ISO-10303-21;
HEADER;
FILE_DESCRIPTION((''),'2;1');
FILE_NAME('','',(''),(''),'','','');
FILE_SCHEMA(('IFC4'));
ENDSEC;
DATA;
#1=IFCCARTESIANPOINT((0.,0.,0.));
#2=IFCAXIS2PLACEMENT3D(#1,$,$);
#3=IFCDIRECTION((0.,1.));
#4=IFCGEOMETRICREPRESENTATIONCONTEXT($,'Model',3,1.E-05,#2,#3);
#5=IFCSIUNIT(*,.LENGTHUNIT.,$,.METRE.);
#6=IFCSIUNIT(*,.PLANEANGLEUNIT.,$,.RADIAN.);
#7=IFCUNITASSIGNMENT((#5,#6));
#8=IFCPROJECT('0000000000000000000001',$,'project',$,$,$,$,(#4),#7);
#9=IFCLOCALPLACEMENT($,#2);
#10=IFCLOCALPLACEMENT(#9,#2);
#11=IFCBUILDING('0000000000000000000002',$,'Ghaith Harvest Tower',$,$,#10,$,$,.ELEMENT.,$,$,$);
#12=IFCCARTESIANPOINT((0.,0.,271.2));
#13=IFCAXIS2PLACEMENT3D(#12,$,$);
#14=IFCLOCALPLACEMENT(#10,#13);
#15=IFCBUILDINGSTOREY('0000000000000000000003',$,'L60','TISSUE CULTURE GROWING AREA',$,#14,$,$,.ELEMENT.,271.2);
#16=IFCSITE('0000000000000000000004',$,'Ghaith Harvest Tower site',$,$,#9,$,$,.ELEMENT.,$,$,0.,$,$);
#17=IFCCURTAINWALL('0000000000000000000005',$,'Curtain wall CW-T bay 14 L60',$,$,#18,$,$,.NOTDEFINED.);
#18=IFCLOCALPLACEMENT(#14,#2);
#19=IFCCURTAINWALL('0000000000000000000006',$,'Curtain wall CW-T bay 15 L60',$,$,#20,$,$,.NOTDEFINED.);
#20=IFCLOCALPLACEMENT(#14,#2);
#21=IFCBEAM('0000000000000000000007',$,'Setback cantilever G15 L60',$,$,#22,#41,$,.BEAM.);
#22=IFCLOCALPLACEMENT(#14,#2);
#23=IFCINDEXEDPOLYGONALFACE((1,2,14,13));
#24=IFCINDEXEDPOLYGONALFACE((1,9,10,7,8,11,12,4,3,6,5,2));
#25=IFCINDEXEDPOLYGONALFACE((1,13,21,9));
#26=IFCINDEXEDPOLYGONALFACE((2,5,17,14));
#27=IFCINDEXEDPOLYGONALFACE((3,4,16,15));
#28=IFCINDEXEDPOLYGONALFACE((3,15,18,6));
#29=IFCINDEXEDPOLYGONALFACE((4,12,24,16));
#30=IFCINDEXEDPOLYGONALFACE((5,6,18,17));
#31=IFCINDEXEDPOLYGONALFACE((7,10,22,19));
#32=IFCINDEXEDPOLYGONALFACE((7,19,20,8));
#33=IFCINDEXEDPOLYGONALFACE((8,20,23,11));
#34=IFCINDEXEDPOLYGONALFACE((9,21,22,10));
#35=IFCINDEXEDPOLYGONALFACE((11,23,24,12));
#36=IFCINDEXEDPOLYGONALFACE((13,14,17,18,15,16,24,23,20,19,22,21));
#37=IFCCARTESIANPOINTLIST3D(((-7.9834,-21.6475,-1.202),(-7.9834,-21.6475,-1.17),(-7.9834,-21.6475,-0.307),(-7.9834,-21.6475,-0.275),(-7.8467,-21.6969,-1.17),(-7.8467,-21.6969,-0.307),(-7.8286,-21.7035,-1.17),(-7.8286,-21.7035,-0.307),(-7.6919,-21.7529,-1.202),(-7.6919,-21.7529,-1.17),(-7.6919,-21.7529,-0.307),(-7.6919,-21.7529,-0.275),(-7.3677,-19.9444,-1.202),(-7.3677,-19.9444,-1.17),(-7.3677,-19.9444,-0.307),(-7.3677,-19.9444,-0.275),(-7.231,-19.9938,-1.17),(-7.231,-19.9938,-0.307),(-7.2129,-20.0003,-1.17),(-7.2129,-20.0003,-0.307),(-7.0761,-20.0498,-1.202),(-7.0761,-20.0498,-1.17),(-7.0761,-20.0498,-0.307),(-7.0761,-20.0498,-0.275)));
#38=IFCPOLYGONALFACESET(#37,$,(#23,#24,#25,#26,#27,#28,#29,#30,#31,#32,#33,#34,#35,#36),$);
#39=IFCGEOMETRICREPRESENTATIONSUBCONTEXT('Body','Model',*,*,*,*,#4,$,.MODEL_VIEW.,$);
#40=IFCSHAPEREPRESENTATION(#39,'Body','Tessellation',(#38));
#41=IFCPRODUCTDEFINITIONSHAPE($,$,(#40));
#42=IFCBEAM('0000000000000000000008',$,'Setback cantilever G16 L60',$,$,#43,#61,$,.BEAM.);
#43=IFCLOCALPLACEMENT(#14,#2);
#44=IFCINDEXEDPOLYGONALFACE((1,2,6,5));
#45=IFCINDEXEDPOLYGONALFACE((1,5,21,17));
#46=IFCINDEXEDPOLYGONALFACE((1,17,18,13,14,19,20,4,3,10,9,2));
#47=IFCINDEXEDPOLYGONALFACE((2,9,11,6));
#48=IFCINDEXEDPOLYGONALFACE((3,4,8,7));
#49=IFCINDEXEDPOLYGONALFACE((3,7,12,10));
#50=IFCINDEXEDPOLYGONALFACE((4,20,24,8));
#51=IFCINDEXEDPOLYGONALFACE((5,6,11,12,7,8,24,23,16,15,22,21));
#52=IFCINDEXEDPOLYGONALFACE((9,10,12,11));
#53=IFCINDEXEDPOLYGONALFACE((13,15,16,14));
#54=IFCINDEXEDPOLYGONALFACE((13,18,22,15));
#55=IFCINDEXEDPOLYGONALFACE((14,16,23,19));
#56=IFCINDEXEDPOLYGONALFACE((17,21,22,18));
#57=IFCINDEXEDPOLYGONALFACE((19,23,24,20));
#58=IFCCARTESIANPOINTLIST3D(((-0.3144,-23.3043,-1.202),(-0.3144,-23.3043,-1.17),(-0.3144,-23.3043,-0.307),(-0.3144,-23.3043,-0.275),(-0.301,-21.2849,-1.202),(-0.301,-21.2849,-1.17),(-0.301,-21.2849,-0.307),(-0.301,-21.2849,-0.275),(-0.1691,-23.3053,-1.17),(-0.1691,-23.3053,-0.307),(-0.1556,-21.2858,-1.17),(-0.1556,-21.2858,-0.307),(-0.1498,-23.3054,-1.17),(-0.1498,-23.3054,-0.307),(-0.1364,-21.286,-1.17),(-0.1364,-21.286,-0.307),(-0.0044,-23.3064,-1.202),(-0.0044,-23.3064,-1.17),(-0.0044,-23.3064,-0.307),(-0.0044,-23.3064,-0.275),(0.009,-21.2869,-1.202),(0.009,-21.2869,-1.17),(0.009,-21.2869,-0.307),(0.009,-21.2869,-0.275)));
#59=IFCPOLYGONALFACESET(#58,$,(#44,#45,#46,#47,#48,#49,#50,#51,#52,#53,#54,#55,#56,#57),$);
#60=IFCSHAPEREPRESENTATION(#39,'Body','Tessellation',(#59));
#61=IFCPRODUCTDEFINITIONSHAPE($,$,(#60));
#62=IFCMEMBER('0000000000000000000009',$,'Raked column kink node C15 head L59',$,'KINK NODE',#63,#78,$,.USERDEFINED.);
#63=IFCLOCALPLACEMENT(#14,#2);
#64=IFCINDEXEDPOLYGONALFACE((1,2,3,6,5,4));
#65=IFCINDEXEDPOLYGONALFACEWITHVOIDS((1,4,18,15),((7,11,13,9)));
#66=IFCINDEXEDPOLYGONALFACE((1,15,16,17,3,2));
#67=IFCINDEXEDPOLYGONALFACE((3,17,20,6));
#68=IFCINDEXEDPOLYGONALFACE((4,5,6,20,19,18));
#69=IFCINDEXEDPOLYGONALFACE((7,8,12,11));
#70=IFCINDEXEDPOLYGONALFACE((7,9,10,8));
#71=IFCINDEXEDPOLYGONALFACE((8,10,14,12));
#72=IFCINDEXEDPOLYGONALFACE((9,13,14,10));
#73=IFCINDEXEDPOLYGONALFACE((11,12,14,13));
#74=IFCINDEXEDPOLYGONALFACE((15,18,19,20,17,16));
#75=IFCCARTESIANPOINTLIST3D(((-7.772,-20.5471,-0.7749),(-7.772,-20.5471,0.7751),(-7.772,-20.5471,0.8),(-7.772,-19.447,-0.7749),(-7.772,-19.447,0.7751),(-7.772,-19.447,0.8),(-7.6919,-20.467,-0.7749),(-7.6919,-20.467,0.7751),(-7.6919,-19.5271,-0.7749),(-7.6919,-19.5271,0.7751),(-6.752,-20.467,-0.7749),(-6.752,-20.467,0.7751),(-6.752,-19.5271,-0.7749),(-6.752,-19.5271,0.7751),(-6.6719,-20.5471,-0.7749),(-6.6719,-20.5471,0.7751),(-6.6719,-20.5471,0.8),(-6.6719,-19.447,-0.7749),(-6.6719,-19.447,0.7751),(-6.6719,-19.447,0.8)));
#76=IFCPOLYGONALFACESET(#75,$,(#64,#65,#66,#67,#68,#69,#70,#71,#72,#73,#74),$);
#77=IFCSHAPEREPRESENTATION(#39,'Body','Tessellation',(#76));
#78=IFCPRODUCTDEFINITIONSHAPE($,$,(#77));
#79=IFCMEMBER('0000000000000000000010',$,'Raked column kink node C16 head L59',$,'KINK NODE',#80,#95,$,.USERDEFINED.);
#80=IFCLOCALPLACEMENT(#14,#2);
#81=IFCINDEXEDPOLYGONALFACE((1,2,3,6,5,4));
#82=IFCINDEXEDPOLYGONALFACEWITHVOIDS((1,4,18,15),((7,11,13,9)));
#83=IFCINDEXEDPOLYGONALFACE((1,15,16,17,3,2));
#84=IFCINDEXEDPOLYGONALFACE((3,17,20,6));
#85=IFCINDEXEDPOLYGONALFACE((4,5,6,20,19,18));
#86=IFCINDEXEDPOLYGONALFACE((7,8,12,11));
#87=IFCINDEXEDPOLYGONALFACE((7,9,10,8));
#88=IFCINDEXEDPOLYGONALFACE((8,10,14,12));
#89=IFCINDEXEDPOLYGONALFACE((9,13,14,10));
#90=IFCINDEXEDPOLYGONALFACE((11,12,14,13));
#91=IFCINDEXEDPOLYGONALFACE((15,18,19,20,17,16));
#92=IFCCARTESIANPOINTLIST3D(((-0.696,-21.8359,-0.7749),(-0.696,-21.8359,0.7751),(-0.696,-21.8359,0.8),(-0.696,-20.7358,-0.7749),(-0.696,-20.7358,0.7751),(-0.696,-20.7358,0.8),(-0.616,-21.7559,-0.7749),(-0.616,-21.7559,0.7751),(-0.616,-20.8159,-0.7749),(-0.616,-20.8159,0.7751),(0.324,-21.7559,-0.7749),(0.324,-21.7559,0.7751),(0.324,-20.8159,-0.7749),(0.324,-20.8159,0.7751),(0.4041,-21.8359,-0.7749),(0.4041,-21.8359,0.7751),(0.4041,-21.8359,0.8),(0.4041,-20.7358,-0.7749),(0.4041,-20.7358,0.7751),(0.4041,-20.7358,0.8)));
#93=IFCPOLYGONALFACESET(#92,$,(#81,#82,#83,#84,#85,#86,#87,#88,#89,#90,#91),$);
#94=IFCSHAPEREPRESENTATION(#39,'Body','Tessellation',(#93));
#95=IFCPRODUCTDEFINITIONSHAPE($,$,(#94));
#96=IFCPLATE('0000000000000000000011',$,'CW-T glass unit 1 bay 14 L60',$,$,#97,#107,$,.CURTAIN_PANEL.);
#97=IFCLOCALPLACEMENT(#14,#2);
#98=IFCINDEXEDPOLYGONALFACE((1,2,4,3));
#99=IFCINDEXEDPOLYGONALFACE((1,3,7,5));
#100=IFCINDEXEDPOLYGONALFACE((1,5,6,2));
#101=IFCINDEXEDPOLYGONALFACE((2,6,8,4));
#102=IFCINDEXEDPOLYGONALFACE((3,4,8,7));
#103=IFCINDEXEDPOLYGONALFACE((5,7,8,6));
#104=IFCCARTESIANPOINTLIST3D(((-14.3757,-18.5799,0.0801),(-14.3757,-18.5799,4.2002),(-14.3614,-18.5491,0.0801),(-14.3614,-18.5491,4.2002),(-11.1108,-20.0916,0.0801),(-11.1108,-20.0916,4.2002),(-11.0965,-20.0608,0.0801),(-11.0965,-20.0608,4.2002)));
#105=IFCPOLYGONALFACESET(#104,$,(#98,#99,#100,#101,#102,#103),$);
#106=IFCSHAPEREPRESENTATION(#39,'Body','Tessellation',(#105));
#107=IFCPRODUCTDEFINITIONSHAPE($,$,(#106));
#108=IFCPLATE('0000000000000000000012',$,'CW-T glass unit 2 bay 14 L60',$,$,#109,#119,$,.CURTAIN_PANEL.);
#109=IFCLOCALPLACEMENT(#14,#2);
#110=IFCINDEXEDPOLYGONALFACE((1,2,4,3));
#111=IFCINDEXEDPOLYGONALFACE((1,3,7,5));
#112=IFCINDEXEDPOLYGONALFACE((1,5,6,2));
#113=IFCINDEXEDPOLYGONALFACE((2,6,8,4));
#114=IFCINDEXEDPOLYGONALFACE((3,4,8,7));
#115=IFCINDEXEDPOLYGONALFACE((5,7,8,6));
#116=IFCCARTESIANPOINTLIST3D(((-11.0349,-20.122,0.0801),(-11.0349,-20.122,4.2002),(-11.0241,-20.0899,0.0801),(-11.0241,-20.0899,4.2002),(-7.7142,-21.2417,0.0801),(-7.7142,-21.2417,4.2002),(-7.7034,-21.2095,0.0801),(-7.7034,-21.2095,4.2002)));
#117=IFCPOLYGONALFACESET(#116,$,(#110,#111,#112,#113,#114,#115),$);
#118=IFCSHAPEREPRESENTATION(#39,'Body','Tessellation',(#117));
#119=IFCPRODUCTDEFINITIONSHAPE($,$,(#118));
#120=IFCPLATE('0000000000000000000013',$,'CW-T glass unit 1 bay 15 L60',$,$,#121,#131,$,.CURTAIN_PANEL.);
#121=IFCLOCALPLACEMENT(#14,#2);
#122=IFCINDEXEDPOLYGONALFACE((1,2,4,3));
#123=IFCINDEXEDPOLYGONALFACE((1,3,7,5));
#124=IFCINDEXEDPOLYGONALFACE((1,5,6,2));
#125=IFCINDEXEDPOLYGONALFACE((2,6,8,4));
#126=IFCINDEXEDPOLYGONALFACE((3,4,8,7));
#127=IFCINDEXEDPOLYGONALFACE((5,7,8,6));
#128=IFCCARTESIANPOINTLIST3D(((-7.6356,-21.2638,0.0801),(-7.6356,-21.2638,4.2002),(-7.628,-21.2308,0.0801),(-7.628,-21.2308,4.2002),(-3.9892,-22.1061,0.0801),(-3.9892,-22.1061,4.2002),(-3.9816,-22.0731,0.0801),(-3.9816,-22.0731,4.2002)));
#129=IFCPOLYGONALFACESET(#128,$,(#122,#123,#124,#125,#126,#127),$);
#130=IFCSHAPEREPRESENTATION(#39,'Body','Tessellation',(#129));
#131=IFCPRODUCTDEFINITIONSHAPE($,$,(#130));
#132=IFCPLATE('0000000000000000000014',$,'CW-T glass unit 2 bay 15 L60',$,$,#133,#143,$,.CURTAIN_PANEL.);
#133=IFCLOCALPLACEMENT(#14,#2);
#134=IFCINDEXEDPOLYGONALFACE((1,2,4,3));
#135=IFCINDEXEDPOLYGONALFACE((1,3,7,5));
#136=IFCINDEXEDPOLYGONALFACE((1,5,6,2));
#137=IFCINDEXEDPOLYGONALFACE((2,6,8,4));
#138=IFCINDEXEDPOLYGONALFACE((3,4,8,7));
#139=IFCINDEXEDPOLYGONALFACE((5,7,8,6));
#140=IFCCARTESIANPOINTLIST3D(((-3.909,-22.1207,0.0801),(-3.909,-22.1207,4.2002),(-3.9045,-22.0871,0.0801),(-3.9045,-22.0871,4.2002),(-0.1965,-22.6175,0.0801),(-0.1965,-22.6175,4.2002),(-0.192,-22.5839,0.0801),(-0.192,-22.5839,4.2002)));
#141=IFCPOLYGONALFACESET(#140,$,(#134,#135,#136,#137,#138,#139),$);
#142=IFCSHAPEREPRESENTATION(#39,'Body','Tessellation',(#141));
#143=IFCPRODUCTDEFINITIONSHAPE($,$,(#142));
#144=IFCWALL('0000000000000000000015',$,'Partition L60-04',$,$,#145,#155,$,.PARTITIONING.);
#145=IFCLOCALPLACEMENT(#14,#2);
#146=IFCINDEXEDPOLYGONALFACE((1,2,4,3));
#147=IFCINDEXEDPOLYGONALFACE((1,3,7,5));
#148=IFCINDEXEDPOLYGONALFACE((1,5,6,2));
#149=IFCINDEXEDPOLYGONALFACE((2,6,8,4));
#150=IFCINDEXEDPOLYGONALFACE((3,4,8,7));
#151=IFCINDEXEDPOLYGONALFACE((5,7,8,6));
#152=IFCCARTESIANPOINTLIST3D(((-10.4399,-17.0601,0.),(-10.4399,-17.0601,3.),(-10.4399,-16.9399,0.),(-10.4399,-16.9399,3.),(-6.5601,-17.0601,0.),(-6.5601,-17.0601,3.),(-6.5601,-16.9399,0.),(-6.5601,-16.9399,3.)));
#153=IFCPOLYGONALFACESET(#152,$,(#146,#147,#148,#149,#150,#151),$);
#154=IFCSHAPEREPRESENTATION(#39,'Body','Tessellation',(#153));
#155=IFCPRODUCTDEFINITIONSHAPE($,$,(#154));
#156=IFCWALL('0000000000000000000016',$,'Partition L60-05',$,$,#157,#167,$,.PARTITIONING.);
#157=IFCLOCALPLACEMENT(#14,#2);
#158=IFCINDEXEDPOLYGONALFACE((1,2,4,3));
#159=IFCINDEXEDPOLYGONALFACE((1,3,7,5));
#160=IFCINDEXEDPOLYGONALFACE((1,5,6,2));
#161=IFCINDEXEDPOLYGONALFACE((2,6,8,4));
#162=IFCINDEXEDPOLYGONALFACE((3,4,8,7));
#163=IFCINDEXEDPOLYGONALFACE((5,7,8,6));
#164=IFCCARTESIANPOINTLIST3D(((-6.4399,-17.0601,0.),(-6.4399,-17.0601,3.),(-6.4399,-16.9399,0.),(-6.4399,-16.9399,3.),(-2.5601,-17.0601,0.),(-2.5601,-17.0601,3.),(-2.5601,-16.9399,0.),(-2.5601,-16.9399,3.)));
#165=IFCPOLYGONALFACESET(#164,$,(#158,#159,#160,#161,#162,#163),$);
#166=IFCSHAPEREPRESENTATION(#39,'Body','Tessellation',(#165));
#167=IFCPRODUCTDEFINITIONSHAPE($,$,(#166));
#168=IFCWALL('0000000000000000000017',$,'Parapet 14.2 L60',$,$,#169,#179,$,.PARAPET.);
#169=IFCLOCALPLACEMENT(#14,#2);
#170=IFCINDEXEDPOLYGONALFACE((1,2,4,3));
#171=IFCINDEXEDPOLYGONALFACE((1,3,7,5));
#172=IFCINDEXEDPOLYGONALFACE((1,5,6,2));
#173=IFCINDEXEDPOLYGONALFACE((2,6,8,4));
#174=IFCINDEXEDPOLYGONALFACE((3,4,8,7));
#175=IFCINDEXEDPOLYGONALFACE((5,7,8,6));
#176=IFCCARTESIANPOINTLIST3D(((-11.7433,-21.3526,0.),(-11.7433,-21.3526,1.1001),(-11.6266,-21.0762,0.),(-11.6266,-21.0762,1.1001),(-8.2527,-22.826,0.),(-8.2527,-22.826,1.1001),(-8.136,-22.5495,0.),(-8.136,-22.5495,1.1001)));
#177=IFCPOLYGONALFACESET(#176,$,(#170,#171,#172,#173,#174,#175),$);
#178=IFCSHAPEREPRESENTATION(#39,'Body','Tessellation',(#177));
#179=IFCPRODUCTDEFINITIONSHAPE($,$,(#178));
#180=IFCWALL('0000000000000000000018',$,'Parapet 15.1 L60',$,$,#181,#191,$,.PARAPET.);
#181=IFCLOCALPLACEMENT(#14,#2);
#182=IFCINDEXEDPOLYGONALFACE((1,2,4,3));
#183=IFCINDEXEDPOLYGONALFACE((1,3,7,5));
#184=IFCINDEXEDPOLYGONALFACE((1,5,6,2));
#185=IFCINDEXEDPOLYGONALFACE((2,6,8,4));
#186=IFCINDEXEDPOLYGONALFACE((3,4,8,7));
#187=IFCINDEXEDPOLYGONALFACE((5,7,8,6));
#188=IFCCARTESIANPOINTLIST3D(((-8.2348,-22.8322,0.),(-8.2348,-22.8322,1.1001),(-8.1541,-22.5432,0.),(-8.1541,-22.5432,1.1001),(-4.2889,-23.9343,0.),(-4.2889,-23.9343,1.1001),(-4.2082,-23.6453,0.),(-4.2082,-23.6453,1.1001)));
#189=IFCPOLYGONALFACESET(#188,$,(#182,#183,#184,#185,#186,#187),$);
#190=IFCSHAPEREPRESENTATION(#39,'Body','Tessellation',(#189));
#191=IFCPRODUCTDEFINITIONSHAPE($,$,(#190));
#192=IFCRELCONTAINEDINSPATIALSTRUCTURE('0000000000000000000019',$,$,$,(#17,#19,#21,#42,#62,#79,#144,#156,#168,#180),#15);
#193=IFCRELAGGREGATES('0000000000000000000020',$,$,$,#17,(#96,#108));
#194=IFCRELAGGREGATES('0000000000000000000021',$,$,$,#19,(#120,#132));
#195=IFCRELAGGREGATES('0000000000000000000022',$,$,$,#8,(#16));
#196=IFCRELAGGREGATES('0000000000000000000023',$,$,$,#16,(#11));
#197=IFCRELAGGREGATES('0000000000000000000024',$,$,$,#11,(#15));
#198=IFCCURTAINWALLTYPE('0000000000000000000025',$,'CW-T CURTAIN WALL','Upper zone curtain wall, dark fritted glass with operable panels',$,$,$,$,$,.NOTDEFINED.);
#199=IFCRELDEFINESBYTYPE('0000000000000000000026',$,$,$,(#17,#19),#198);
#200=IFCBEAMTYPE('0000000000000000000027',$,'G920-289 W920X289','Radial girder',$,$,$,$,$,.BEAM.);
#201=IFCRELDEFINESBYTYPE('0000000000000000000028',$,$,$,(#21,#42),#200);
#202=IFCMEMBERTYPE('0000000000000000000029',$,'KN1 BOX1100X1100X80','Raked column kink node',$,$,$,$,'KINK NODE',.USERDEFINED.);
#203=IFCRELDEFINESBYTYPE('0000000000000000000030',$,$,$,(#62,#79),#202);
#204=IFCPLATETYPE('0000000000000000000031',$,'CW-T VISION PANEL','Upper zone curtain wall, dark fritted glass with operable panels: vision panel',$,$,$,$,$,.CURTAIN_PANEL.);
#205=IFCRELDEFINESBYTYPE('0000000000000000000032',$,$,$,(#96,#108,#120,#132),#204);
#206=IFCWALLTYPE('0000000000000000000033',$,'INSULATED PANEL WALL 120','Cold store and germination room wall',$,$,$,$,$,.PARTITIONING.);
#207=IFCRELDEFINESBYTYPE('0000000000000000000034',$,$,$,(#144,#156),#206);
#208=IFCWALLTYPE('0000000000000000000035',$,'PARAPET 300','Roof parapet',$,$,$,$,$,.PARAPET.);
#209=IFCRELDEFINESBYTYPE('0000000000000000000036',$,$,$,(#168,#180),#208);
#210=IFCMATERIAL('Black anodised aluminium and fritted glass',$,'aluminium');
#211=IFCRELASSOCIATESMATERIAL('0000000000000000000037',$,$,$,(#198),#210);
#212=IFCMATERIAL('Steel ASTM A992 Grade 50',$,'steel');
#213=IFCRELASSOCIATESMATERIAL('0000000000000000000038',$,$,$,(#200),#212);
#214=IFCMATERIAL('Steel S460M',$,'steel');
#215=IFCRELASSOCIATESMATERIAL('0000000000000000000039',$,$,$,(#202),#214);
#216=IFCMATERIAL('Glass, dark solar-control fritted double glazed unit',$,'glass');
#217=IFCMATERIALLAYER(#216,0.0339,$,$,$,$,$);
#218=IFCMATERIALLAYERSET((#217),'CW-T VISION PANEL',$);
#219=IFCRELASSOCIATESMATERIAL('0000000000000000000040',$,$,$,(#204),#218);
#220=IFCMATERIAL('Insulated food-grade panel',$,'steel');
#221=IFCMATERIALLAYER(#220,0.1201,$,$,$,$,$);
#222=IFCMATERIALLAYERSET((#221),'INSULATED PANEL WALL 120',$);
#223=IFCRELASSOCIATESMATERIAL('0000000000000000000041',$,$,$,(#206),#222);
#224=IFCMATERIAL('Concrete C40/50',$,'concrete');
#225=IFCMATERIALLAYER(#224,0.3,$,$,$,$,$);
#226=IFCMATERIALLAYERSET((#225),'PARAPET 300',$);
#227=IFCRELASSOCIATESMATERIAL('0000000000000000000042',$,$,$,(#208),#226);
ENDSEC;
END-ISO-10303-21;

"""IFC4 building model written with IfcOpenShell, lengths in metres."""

from ifc_helpers import new_model, si_unit, direction, frame, frame_2d, origin, origin_2d, place, context, subcontext, project, spatial, rectangle, hollow_rectangle, i_section, extrude, boolean, material, layer, layer_set, material_profile, profile_set, type_object, element, aggregate, save


model = new_model("IFC4")

# Units and contexts
model_context = context("Model", 3, precision=1e-05, world=origin(), true_north=direction((0.0, 1.0)))
body_context = subcontext(model_context, "Body", "Model", "MODEL_VIEW")
ifc_project = project(units=[si_unit("LENGTHUNIT", "METRE"), si_unit("PLANEANGLEUNIT", "RADIAN")], contexts=[model_context])

# Site, building, storey
site_placement = place(None, origin())
site = spatial("IfcSite", under=ifc_project, at=site_placement, Name="Ghaith Harvest Tower site", CompositionType="ELEMENT", RefElevation=0.0)
building_placement = place(site_placement, origin())
building = spatial("IfcBuilding", under=site, at=building_placement, Name="Ghaith Harvest Tower", CompositionType="ELEMENT")
storey_placement = place(building_placement, frame((0.0, 0.0, 271.2)))
storey = spatial("IfcBuildingStorey", under=building, at=storey_placement, Name="L60", Description="TISSUE CULTURE GROWING AREA", CompositionType="ELEMENT", Elevation=271.2)

# Curtain wall
ifc_material_1 = material(Name="Black anodised aluminium and fritted glass", Category="aluminium")
curtain_wall_type = type_object("IfcCurtainWallType", Name="CW-T CURTAIN WALL", Description="Upper zone curtain wall, dark fritted glass with operable panels", PredefinedType="NOTDEFINED", material=ifc_material_1)
curtain_wall_1_placement = place(storey_placement, origin())
curtain_wall_1 = element("IfcCurtainWall", 1, at=curtain_wall_1_placement, inside=storey, type_object=curtain_wall_type, Name="Curtain wall CW-T bay 14 L60", PredefinedType="NOTDEFINED")

# Curtain wall
curtain_wall_2_placement = place(storey_placement, origin())
curtain_wall_2 = element("IfcCurtainWall", 2, at=curtain_wall_2_placement, inside=storey, type_object=curtain_wall_type, Name="Curtain wall CW-T bay 15 L60", PredefinedType="NOTDEFINED")

# Beams
ifc_material_2 = material(Name="Steel ASTM A992 Grade 50", Category="steel")
ifc_material_profile_1 = material_profile(ifc_material_2, i_section(OverallWidth=0.3101, OverallDepth=0.927, WebThickness=0.0193, FlangeThickness=0.032, at=origin_2d()), Name="W920X289")
ifc_profile_set_1 = profile_set([ifc_material_profile_1], Name="Steel ASTM A992 Grade 50")
beam_type_1 = type_object("IfcBeamType", Name="G920-289 W920X289", Description="Radial girder", PredefinedType="BEAM", material=ifc_profile_set_1)
beam_1_placement = place(storey_placement, frame((-7.2219, -19.9971, -0.7385), z_axis=(-0.339989, -0.940429, 0.0), x_axis=(0.940429, -0.339989, 0.0)))
element("IfcBeam", 3, at=beam_1_placement, inside=storey, type_object=beam_type_1, Name="Setback cantilever G15 L60", PredefinedType="BEAM", context=body_context, shape_type="SweptSolid", body=[
    extrude(i_section(OverallWidth=0.3101, OverallDepth=0.927, WebThickness=0.0193, FlangeThickness=0.032, at=origin_2d()), origin(), (0.0, 0.0, 1.0), 1.811),
])
beam_2_placement = place(storey_placement, frame((-0.146, -21.2859, -0.7385), z_axis=(-0.006649, -0.999978, 0.0), x_axis=(0.999978, -0.006649, 0.0)))
element("IfcBeam", 4, at=beam_2_placement, inside=storey, type_object=beam_type_1, Name="Setback cantilever G16 L60", PredefinedType="BEAM", context=body_context, shape_type="SweptSolid", body=[
    extrude(i_section(OverallWidth=0.3101, OverallDepth=0.927, WebThickness=0.0193, FlangeThickness=0.032, at=origin_2d()), origin(), (0.0, 0.0, 1.0), 2.0195),
])

# Members
ifc_material_3 = material(Name="Steel S460M", Category="steel")
ifc_material_profile_2 = material_profile(ifc_material_3, hollow_rectangle(XDim=1.1001, YDim=1.1001, WallThickness=0.0801, at=origin_2d()), Name="BOX1100X1100X80")
ifc_profile_set_2 = profile_set([ifc_material_profile_2], Name="Steel S460M")
member_type_1 = type_object("IfcMemberType", Name="KN1 BOX1100X1100X80", Description="Raked column kink node", ElementType="KINK NODE", PredefinedType="USERDEFINED", material=ifc_profile_set_2)
for number, where, z_axis, x_axis, name in (
    (5, (-7.2219, -19.9971, -0.7749), (0.0, 0.0, 1.0), (1.0, 0.0, 0.0), "Raked column kink node C15 head L59"),
    (6, (-0.146, -21.2859, -0.7749), (0.0, 0.0, 1.0), (1.0, 0.0, 0.0), "Raked column kink node C16 head L59"),
):
    element("IfcMember", number, at=place(storey_placement, frame(where, z_axis=z_axis, x_axis=x_axis)), inside=storey, type_object=member_type_1, Name=name, ObjectType="KINK NODE", PredefinedType="USERDEFINED", context=body_context, shape_type="CSG", body=[
        boolean("UNION", extrude(hollow_rectangle(XDim=1.1001, YDim=1.1001, WallThickness=0.0801, at=origin_2d()), origin(), (0.0, 0.0, 1.0), 1.55), extrude(rectangle(XDim=1.1001, YDim=1.1001, at=origin_2d()), frame((0.0, 0.0, 1.55)), (0.0, 0.0, 1.0), 0.0249)),
    ])

# Plates
ifc_material_4 = material(Name="Glass, dark solar-control fritted double glazed unit", Category="glass")
ifc_layer_1 = layer(ifc_material_4, 0.0339)
ifc_layer_set_1 = layer_set([ifc_layer_1], Name="CW-T VISION PANEL")
plate_type = type_object("IfcPlateType", Name="CW-T VISION PANEL", Description="Upper zone curtain wall, dark fritted glass with operable panels: vision panel", PredefinedType="CURTAIN_PANEL", material=ifc_layer_set_1)
plate_1_placement = place(storey_placement, frame((-12.7361, -19.3203, 0.0801), z_axis=(0.0, 0.0, 1.0), x_axis=(0.90745, -0.42016, 0.0)))
plate_1 = element("IfcPlate", 7, at=plate_1_placement, type_object=plate_type, Name="CW-T glass unit 1 bay 14 L60", PredefinedType="CURTAIN_PANEL", context=body_context, shape_type="SweptSolid", body=[
    extrude(rectangle(XDim=3.5979, YDim=0.0339, at=origin_2d()), origin(), (0.0, 0.0, 1.0), 4.1201),
])
plate_2_placement = place(storey_placement, frame((-9.3691, -20.6658, 0.0801), z_axis=(0.0, 0.0, 1.0), x_axis=(0.947586, -0.3195, 0.0)))
plate_2 = element("IfcPlate", 8, at=plate_2_placement, type_object=plate_type, Name="CW-T glass unit 2 bay 14 L60", PredefinedType="CURTAIN_PANEL", context=body_context, shape_type="SweptSolid", body=[
    extrude(rectangle(XDim=3.5044, YDim=0.0339, at=origin_2d()), origin(), (0.0, 0.0, 1.0), 4.1201),
])
aggregate(curtain_wall_1, [plate_1, plate_2])
plate_3_placement = place(storey_placement, frame((-5.8086, -21.6685, 0.0801), z_axis=(0.0, 0.0, 1.0), x_axis=(0.974342, -0.225072, 0.0)))
plate_3 = element("IfcPlate", 9, at=plate_3_placement, type_object=plate_type, Name="CW-T glass unit 1 bay 15 L60", PredefinedType="CURTAIN_PANEL", context=body_context, shape_type="SweptSolid", body=[
    extrude(rectangle(XDim=3.7424, YDim=0.0339, at=origin_2d()), origin(), (0.0, 0.0, 1.0), 4.1201),
])
plate_4_placement = place(storey_placement, frame((-2.0505, -22.3523, 0.0801), z_axis=(0.0, 0.0, 1.0), x_axis=(0.991165, -0.132633, 0.0)))
plate_4 = element("IfcPlate", 10, at=plate_4_placement, type_object=plate_type, Name="CW-T glass unit 2 bay 15 L60", PredefinedType="CURTAIN_PANEL", context=body_context, shape_type="SweptSolid", body=[
    extrude(rectangle(XDim=3.7456, YDim=0.0339, at=origin_2d()), origin(), (0.0, 0.0, 1.0), 4.1201),
])
aggregate(curtain_wall_2, [plate_3, plate_4])

# Walls
ifc_material_5 = material(Name="Insulated food-grade panel", Category="steel")
ifc_layer_2 = layer(ifc_material_5, 0.1201)
ifc_layer_set_2 = layer_set([ifc_layer_2], Name="INSULATED PANEL WALL 120")
wall_type_1 = type_object("IfcWallType", Name="INSULATED PANEL WALL 120", Description="Cold store and germination room wall", PredefinedType="PARTITIONING", material=ifc_layer_set_2)
for number, where, z_axis, x_axis, name in (
    (11, (-10.4399, -17.0, 0.0), (0.0, 0.0, 1.0), (1.0, 0.0, 0.0), "Partition L60-04"),
    (12, (-6.4399, -17.0, 0.0), (0.0, 0.0, 1.0), (1.0, 0.0, 0.0), "Partition L60-05"),
):
    element("IfcWall", number, at=place(storey_placement, frame(where, z_axis=z_axis, x_axis=x_axis)), inside=storey, type_object=wall_type_1, Name=name, PredefinedType="PARTITIONING", context=body_context, shape_type="SweptSolid", body=[
        extrude(rectangle(XDim=3.8799, YDim=0.1201, at=frame_2d((1.9399, 0.0))), origin(), (0.0, 0.0, 1.0), 3.0),
    ])
ifc_material_6 = material(Name="Concrete C40/50", Category="concrete")
ifc_layer_3 = layer(ifc_material_6, 0.3)
ifc_layer_set_3 = layer_set([ifc_layer_3], Name="PARAPET 300")
wall_type_2 = type_object("IfcWallType", Name="PARAPET 300", Description="Roof parapet", PredefinedType="PARAPET", material=ifc_layer_set_3)
wall_1_placement = place(storey_placement, frame((-11.6851, -21.2144, 0.0), z_axis=(0.0, 0.0, 1.0), x_axis=(0.921294, -0.388866, 0.0)))
element("IfcWall", 13, at=wall_1_placement, inside=storey, type_object=wall_type_2, Name="Parapet 14.2 L60", PredefinedType="PARAPET", context=body_context, shape_type="SweptSolid", body=[
    extrude(rectangle(XDim=3.7888, YDim=0.3, at=frame_2d((1.8945, 0.0))), origin(), (0.0, 0.0, 1.0), 1.1001),
])
wall_2_placement = place(storey_placement, frame((-8.1943, -22.6877, 0.0), z_axis=(0.0, 0.0, 1.0), x_axis=(0.96314, -0.269002, 0.0)))
element("IfcWall", 14, at=wall_2_placement, inside=storey, type_object=wall_type_2, Name="Parapet 15.1 L60", PredefinedType="PARAPET", context=body_context, shape_type="SweptSolid", body=[
    extrude(rectangle(XDim=4.0969, YDim=0.3, at=frame_2d((2.0483, 0.0))), origin(), (0.0, 0.0, 1.0), 1.1001),
])

save(model, "model.ifc")
